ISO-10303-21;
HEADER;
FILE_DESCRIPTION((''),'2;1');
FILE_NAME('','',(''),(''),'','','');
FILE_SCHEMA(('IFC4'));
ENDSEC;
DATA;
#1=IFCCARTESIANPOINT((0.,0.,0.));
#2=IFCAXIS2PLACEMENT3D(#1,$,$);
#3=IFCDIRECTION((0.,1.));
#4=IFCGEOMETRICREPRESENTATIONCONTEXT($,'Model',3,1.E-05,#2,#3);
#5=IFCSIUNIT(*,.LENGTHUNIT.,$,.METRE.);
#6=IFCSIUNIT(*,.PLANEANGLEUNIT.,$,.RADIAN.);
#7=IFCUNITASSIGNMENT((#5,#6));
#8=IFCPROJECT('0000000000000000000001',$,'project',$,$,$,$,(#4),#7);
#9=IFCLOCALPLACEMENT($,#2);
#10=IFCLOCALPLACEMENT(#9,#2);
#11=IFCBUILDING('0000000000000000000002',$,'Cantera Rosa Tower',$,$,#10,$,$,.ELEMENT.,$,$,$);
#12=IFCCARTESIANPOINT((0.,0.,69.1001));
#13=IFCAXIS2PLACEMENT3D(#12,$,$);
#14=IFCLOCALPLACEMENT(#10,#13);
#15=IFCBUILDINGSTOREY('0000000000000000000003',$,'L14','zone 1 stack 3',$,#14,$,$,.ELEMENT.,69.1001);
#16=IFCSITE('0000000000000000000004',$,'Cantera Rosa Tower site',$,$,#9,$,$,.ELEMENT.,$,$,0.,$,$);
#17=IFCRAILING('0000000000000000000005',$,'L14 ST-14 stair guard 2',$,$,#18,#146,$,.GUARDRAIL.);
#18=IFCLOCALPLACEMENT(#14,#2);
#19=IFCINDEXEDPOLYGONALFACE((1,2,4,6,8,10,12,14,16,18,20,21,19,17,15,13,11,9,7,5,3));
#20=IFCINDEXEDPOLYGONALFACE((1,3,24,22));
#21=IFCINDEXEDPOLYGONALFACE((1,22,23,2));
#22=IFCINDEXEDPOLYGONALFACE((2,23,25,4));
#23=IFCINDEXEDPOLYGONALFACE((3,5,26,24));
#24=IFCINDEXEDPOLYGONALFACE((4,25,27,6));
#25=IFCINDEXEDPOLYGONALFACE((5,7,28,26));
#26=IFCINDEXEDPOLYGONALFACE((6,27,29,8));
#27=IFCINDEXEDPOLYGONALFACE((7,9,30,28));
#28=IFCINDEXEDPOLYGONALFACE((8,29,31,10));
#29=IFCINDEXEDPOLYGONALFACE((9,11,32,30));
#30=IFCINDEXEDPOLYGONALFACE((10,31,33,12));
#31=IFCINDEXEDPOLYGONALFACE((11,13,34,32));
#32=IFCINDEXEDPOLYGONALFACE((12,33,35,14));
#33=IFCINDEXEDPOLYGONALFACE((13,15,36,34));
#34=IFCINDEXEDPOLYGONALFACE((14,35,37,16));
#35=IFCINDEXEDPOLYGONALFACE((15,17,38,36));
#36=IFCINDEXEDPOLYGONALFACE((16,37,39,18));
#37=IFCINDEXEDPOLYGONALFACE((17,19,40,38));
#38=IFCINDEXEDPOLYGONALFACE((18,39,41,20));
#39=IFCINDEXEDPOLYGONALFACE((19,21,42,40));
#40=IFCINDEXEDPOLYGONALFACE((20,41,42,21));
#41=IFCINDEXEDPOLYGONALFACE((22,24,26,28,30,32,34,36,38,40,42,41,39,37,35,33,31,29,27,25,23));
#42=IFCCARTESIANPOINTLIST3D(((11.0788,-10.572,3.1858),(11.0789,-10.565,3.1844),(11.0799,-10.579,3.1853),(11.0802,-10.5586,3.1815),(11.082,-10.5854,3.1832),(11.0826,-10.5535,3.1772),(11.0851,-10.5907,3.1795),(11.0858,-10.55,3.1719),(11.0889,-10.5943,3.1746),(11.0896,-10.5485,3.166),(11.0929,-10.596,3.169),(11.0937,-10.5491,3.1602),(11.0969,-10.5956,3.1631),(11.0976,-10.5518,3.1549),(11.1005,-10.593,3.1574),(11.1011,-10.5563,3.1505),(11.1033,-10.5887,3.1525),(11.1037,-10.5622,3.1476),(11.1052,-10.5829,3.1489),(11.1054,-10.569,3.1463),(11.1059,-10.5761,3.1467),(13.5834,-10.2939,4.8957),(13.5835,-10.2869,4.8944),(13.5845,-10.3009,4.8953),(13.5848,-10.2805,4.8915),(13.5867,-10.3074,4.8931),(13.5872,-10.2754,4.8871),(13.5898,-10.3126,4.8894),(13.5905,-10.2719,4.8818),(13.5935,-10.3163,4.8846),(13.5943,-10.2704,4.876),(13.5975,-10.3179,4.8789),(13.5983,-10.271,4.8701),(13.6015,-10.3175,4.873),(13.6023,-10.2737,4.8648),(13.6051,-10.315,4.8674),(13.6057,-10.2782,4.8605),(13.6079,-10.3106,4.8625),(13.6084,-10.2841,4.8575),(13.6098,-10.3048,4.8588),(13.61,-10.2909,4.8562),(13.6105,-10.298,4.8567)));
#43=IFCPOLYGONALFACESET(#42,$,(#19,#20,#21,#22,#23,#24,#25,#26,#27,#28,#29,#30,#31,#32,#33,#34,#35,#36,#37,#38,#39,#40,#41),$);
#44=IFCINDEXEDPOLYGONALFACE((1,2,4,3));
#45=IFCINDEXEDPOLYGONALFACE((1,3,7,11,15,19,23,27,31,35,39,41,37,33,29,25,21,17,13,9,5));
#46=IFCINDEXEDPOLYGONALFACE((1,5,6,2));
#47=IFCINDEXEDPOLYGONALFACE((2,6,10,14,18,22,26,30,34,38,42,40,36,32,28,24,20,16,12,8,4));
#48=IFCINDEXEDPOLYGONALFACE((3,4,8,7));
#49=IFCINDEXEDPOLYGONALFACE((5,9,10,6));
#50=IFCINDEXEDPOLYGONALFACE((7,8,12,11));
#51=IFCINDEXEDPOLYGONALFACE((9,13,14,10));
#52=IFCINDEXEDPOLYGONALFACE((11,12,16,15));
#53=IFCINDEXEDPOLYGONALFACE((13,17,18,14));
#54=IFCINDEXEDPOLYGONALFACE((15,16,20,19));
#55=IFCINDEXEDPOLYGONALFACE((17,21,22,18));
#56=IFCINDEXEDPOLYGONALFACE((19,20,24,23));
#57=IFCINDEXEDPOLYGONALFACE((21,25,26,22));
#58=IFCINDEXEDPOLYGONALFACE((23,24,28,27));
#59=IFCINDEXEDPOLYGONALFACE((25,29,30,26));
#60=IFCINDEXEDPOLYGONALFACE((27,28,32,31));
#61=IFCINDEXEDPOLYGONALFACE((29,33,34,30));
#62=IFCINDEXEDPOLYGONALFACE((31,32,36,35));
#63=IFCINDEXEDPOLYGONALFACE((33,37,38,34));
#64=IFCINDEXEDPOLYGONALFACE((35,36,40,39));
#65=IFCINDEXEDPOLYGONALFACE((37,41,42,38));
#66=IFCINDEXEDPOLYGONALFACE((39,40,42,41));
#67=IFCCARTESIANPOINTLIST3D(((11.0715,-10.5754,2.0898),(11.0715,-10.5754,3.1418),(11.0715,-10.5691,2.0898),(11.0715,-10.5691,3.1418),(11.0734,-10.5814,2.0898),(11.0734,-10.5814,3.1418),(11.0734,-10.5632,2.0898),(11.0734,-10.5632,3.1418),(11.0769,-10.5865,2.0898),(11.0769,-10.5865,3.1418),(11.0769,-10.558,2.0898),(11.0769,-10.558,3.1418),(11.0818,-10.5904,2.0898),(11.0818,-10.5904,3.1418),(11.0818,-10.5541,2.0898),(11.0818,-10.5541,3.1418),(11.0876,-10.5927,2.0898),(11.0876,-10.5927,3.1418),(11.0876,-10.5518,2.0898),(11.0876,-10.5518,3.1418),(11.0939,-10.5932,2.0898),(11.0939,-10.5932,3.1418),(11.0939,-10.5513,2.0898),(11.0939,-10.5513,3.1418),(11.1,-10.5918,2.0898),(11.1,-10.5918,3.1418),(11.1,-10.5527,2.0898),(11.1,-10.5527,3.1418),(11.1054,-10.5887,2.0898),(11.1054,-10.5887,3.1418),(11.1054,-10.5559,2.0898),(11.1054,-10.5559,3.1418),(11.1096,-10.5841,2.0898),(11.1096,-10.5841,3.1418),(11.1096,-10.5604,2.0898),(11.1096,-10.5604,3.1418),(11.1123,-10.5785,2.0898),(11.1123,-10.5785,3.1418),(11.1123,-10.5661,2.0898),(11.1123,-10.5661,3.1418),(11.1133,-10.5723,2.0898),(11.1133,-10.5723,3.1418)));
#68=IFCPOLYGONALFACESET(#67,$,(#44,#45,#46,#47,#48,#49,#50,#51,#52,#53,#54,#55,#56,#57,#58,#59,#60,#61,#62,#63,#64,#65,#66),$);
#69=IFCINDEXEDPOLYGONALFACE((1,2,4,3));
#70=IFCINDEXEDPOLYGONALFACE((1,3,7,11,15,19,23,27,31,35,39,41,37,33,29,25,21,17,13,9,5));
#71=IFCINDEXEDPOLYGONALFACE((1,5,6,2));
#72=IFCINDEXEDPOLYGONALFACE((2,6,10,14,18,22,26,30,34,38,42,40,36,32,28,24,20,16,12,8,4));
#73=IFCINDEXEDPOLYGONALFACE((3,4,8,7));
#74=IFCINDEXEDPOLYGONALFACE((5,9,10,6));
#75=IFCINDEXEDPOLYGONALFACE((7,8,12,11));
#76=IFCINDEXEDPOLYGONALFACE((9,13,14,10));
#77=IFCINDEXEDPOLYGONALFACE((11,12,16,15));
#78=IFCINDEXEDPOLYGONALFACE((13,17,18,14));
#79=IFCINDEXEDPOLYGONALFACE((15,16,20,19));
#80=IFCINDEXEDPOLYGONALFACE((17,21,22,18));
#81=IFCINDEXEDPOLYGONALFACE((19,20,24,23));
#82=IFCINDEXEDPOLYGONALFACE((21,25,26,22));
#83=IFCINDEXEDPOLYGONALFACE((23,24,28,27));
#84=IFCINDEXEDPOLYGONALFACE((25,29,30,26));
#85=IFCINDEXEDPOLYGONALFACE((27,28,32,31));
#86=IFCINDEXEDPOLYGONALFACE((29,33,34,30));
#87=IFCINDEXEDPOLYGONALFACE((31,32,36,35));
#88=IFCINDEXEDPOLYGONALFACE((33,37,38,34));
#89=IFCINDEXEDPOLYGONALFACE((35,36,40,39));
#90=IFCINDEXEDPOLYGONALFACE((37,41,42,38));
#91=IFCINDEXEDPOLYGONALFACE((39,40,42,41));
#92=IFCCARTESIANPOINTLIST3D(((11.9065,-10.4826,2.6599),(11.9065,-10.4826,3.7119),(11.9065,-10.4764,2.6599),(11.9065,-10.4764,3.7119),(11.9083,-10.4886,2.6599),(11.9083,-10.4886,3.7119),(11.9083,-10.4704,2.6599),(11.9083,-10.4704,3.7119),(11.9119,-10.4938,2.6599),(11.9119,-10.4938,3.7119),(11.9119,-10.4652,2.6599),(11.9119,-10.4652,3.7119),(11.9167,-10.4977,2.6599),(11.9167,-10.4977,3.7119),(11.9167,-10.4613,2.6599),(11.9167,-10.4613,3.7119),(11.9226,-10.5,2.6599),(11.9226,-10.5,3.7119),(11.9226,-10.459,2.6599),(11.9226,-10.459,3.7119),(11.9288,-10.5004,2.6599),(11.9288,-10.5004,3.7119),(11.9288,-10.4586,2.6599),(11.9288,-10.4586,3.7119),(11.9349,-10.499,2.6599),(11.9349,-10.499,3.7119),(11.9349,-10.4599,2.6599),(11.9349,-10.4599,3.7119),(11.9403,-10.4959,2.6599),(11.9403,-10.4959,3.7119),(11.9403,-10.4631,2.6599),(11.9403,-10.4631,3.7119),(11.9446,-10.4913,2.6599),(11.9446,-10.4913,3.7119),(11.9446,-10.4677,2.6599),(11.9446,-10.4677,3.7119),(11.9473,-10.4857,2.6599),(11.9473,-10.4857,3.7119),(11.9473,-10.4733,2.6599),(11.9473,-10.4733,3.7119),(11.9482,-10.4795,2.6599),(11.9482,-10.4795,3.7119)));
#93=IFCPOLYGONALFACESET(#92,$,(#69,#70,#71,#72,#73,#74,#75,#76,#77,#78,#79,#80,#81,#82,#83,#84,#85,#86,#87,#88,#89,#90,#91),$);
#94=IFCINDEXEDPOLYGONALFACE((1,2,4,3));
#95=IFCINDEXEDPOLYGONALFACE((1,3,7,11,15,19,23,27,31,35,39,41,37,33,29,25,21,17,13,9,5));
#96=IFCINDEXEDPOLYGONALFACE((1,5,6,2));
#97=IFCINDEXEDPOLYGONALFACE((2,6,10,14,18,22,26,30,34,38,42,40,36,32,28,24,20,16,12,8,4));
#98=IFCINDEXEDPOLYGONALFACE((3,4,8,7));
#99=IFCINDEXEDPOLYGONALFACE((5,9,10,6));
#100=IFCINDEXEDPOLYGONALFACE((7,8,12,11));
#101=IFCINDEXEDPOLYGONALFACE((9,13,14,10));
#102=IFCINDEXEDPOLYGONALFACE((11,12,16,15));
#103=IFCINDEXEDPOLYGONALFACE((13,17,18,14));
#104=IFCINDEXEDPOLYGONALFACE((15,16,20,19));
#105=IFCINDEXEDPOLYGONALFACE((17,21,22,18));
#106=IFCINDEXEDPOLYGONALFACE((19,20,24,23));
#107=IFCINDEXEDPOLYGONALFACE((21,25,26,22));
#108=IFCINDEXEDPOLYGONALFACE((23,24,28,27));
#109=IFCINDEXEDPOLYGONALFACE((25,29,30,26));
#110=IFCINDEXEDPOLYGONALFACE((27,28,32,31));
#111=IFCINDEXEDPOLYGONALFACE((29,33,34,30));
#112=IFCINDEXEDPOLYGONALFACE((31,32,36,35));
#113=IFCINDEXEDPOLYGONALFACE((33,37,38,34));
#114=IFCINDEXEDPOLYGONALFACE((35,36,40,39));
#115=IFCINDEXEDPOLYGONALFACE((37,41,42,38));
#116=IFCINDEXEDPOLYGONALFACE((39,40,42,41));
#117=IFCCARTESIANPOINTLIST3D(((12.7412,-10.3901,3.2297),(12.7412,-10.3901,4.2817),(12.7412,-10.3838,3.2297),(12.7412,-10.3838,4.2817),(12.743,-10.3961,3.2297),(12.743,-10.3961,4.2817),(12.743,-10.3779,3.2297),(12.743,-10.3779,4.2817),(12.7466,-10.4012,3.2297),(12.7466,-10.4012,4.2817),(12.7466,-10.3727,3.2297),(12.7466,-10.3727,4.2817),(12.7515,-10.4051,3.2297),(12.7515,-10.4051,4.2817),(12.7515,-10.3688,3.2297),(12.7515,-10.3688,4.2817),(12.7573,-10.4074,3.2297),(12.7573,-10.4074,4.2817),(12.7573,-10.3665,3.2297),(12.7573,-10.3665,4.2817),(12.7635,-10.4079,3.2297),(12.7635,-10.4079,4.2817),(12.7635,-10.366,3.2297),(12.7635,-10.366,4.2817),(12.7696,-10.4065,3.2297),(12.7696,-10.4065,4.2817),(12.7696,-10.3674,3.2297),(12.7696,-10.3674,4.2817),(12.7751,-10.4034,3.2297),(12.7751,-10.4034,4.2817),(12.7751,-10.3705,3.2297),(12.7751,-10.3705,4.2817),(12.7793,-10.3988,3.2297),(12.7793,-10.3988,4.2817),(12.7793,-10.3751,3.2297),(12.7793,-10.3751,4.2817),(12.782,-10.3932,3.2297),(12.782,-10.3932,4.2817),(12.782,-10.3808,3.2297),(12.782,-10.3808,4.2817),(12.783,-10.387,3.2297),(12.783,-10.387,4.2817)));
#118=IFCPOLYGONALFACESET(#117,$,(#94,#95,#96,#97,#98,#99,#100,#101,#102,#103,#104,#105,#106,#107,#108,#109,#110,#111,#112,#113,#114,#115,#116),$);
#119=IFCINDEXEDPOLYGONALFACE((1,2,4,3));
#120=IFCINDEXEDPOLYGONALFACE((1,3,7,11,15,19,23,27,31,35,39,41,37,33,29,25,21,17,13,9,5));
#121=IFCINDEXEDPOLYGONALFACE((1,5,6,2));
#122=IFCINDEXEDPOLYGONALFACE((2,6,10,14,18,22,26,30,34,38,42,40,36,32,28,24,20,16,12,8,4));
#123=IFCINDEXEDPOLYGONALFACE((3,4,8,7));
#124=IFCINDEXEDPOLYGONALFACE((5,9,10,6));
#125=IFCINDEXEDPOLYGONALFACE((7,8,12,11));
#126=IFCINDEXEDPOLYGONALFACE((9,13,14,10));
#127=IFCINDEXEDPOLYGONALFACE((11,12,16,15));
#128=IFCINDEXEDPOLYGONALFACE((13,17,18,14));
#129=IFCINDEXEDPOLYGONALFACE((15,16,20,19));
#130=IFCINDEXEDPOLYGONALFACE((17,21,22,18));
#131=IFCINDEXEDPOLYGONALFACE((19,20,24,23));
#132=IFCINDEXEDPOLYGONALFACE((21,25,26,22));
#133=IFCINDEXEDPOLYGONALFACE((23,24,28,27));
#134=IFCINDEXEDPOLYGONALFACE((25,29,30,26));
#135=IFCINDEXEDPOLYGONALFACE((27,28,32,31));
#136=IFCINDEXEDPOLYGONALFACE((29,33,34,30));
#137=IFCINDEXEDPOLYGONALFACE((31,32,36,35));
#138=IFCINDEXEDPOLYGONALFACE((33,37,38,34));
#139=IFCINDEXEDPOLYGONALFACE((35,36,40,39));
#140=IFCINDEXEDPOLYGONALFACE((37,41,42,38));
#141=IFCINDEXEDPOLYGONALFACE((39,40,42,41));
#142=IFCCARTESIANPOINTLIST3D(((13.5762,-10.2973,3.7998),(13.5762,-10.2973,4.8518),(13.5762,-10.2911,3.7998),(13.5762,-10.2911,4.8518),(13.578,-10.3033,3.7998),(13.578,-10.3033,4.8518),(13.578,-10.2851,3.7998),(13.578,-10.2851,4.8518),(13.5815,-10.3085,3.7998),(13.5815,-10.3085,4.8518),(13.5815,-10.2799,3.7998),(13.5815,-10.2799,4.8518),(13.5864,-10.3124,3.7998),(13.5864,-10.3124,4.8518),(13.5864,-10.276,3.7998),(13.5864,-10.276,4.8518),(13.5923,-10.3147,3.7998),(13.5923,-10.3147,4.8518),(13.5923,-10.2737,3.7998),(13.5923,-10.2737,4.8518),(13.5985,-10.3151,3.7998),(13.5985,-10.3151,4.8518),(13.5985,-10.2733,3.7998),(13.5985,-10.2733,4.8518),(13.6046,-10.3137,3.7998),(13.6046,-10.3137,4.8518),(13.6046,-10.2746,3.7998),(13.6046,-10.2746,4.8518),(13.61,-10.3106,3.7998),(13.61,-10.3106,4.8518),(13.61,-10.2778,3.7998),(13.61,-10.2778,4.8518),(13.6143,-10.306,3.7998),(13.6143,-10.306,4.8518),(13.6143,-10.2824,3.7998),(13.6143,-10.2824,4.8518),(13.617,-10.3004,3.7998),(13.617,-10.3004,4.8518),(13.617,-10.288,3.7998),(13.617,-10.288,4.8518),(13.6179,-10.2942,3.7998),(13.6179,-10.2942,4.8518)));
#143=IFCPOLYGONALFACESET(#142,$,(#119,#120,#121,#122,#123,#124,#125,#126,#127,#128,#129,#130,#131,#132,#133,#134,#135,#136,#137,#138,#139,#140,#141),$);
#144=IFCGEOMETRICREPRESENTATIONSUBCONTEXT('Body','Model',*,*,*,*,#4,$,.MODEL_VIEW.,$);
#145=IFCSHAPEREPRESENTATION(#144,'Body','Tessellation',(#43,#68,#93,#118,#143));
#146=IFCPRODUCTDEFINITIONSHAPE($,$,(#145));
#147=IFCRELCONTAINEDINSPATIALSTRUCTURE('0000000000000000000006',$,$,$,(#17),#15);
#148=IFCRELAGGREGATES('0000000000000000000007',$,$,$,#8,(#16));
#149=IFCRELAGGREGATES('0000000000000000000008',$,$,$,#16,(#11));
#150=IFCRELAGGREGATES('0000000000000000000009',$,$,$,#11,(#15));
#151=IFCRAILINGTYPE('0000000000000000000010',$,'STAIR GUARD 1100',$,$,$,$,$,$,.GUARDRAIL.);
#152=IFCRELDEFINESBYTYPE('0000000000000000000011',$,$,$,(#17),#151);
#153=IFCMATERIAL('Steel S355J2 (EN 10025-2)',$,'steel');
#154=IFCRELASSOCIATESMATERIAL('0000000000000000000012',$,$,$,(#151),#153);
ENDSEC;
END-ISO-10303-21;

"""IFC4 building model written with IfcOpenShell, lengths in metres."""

from ifc_helpers import new_model, si_unit, direction, frame, origin, origin_2d, place, context, subcontext, project, spatial, circle, extrude, material, type_object, element, save


model = new_model("IFC4")

# Units and contexts
model_context = context("Model", 3, precision=1e-05, world=origin(), true_north=direction((0.0, 1.0)))
body_context = subcontext(model_context, "Body", "Model", "MODEL_VIEW")
ifc_project = project(units=[si_unit("LENGTHUNIT", "METRE"), si_unit("PLANEANGLEUNIT", "RADIAN")], contexts=[model_context])

# Site, building, storey
site_placement = place(None, origin())
site = spatial("IfcSite", under=ifc_project, at=site_placement, Name="Cantera Rosa Tower site", CompositionType="ELEMENT", RefElevation=0.0)
building_placement = place(site_placement, origin())
building = spatial("IfcBuilding", under=site, at=building_placement, Name="Cantera Rosa Tower", CompositionType="ELEMENT")
storey_placement = place(building_placement, frame((0.0, 0.0, 69.1001)))
storey = spatial("IfcBuildingStorey", under=building, at=storey_placement, Name="L14", Description="zone 1 stack 3", CompositionType="ELEMENT", Elevation=69.1001)

# Railing
ifc_material_1 = material(Name="Steel S355J2 (EN 10025-2)", Category="steel")
railing_type_1 = type_object("IfcRailingType", Name="STAIR GUARD 1100", PredefinedType="GUARDRAIL", material=ifc_material_1)
railing_1_placement = place(storey_placement, frame((11.0923, -10.5723, 2.0898)))
element("IfcRailing", 1, at=railing_1_placement, inside=storey, type_object=railing_type_1, Name="L14 ST-14 stair guard 2", PredefinedType="GUARDRAIL", context=body_context, shape_type="SweptSolid", body=[
    extrude(circle(Radius=0.0239, at=origin_2d()), frame((0.0, 0.0, 1.0762), z_axis=(0.822431, 0.09131, 0.561488), x_axis=(-0.110346, 0.993893, 0.0)), (0.0, 0.0, 1.0), 3.0454),
    extrude(circle(Radius=0.021, at=origin_2d()), origin(), (0.0, 0.0, 1.0), 1.052),
    extrude(circle(Radius=0.021, at=origin_2d()), frame((0.835, 0.0928, 0.5701)), (0.0, 0.0, 1.0), 1.052),
    extrude(circle(Radius=0.021, at=origin_2d()), frame((1.6697, 0.1853, 1.1399)), (0.0, 0.0, 1.0), 1.052),
    extrude(circle(Radius=0.021, at=origin_2d()), frame((2.5046, 0.2781, 1.71)), (0.0, 0.0, 1.0), 1.052),
])

save(model, "model.ifc")
